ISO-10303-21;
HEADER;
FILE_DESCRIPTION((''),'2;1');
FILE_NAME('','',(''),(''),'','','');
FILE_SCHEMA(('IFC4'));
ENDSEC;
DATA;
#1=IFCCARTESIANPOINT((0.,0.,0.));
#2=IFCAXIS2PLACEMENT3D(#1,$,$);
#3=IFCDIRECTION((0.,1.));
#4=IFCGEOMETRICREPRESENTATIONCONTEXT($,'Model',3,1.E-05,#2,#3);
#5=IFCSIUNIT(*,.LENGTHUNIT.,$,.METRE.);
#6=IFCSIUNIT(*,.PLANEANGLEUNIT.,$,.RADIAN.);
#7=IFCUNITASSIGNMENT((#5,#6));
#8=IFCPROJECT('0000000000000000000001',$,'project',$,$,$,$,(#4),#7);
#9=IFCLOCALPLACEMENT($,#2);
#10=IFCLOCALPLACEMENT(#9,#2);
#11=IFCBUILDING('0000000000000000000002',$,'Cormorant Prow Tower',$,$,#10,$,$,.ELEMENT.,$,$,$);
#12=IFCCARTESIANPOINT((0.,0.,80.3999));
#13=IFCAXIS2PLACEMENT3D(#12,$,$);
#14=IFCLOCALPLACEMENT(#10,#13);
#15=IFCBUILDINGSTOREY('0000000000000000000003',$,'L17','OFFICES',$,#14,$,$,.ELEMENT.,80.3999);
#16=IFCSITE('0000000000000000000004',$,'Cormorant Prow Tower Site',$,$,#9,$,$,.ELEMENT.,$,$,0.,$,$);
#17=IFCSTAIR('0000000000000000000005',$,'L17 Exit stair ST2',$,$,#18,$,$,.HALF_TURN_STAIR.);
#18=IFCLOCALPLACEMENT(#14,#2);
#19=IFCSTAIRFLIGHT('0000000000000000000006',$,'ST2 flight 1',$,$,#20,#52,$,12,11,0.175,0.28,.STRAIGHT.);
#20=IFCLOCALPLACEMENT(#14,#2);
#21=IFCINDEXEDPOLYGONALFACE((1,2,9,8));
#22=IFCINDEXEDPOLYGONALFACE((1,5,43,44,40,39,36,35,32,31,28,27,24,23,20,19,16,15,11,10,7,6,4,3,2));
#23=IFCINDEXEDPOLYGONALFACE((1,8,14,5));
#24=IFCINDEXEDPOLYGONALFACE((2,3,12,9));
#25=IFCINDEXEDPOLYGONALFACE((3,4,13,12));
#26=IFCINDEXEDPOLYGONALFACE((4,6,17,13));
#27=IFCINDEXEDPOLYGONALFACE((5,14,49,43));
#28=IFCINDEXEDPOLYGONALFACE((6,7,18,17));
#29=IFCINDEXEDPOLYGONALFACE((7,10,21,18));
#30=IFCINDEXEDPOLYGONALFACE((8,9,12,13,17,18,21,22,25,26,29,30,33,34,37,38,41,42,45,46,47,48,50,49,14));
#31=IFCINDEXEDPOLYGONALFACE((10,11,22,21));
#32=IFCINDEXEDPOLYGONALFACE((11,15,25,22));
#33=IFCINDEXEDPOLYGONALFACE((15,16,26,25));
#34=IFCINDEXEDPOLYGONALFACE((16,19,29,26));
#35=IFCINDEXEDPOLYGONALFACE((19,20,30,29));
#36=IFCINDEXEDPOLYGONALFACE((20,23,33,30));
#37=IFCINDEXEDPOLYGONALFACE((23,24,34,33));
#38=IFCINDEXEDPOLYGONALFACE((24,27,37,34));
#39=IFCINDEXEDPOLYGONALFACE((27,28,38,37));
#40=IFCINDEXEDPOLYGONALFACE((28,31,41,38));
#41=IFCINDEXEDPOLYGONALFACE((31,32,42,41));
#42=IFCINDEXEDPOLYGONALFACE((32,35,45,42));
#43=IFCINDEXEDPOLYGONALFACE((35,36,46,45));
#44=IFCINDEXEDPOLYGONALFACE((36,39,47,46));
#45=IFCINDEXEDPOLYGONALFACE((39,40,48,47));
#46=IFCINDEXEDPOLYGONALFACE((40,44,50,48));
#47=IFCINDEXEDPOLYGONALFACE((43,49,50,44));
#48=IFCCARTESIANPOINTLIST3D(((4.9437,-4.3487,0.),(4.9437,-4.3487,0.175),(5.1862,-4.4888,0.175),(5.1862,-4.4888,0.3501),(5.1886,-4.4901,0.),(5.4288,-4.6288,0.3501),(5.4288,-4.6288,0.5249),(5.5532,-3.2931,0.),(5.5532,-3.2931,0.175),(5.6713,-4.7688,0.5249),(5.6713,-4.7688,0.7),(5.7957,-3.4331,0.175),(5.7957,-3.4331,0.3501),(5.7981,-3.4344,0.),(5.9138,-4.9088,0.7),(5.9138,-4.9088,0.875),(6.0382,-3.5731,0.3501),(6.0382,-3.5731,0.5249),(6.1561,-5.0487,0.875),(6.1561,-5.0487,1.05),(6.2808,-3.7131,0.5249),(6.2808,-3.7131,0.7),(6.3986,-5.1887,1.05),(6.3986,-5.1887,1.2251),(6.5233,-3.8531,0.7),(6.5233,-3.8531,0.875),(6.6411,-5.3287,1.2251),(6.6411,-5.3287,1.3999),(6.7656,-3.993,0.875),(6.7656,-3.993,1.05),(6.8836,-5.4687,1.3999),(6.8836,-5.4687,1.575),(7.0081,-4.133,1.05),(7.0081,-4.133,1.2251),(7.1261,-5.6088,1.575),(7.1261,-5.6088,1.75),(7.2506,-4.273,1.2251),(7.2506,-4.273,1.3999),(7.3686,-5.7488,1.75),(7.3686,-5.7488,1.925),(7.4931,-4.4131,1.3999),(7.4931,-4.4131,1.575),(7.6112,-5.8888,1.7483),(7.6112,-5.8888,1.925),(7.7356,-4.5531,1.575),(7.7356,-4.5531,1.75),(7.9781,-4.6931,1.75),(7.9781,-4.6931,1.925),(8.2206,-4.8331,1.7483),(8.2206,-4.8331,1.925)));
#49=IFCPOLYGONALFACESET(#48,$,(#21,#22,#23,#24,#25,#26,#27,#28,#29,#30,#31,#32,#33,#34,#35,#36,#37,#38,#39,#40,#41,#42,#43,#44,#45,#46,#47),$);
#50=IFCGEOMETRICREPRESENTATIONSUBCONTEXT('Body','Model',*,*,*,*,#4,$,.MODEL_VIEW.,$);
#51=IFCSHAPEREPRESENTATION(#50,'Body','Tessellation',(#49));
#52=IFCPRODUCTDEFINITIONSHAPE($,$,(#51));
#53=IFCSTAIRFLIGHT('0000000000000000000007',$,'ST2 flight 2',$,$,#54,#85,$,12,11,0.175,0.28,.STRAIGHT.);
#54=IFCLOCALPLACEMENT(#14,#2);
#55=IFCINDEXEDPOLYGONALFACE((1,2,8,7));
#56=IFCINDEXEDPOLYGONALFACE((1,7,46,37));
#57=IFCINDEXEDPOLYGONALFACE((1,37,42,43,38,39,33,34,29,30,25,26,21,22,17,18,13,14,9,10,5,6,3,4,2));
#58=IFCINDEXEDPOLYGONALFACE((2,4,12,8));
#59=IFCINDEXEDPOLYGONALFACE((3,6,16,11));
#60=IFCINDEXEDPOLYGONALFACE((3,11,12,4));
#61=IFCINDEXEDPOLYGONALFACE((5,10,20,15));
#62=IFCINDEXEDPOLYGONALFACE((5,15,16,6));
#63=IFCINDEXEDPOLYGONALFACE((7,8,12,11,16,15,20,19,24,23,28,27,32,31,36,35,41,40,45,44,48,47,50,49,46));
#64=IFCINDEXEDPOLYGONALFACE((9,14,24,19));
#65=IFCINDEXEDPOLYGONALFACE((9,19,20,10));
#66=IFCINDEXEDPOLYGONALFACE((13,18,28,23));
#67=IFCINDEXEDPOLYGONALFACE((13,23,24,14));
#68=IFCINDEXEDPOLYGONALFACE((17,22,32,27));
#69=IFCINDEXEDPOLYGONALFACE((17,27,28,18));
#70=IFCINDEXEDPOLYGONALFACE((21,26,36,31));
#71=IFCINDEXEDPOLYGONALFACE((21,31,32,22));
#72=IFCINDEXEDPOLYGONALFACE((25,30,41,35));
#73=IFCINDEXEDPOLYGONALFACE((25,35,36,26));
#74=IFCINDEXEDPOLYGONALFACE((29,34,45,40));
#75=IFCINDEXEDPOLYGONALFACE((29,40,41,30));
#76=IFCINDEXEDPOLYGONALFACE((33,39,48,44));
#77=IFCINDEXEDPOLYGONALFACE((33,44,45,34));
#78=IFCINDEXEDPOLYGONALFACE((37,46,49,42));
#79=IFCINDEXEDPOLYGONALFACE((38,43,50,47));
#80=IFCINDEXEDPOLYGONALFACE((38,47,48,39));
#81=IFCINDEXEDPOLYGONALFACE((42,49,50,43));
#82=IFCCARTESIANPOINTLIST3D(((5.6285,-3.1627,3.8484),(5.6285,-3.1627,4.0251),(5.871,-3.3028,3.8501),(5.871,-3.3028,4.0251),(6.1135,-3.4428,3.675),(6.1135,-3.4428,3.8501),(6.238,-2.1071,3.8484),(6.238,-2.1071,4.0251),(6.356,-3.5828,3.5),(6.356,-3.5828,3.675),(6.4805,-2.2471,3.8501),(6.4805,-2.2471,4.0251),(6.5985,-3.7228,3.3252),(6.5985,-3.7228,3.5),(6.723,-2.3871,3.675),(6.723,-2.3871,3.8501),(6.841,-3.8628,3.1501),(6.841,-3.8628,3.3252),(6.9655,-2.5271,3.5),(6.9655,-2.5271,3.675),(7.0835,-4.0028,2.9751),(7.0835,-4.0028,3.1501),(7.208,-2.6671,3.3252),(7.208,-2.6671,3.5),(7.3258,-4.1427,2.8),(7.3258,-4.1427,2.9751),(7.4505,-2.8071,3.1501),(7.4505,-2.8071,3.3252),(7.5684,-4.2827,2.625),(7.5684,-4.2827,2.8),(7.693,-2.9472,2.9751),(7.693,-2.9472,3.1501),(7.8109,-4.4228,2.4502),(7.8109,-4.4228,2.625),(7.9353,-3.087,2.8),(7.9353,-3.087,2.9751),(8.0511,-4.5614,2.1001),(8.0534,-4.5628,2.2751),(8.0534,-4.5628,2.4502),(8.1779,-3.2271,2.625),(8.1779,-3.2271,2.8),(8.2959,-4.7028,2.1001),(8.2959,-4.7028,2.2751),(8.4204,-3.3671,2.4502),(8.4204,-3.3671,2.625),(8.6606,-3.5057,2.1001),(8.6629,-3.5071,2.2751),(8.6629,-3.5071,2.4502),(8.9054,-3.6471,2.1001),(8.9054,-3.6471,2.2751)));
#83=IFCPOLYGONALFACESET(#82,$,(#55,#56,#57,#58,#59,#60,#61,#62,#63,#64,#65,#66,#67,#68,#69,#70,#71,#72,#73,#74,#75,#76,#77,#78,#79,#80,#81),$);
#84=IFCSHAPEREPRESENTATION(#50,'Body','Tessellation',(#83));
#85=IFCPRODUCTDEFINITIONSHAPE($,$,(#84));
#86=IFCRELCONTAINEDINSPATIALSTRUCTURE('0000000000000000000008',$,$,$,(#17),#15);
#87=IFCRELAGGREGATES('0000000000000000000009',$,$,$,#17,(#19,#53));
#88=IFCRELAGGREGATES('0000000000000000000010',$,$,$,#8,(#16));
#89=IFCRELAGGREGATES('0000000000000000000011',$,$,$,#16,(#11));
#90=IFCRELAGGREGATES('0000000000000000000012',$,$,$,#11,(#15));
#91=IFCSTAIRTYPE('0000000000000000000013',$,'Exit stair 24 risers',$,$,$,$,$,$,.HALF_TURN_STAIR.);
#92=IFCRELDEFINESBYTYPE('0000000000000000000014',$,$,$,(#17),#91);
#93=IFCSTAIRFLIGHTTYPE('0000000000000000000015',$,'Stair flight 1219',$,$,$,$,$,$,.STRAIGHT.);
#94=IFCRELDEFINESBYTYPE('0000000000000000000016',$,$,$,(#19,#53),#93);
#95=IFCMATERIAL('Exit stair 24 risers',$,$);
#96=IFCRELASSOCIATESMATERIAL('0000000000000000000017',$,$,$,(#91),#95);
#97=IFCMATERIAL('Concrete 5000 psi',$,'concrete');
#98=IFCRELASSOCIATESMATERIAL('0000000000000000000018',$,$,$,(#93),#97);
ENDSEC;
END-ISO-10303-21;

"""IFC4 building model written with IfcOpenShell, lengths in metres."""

from ifc_helpers import new_model, si_unit, direction, frame, origin, place, context, subcontext, project, spatial, polyline, outline, extrude, material, type_object, element, aggregate, save


model = new_model("IFC4")

# Units and contexts
model_context = context("Model", 3, precision=1e-05, world=origin(), true_north=direction((0.0, 1.0)))
body_context = subcontext(model_context, "Body", "Model", "MODEL_VIEW")
ifc_project = project(units=[si_unit("LENGTHUNIT", "METRE"), si_unit("PLANEANGLEUNIT", "RADIAN")], contexts=[model_context])

# Site, building, storey
site_placement = place(None, origin())
site = spatial("IfcSite", under=ifc_project, at=site_placement, Name="Cormorant Prow Tower Site", CompositionType="ELEMENT", RefElevation=0.0)
building_placement = place(site_placement, origin())
building = spatial("IfcBuilding", under=site, at=building_placement, Name="Cormorant Prow Tower", CompositionType="ELEMENT")
storey_placement = place(building_placement, frame((0.0, 0.0, 80.3999)))
storey = spatial("IfcBuildingStorey", under=building, at=storey_placement, Name="L17", Description="OFFICES", CompositionType="ELEMENT", Elevation=80.3999)

# Stair, stair flights
ifc_material_1 = material(Name="Exit stair 24 risers")
stair_type = type_object("IfcStairType", Name="Exit stair 24 risers", PredefinedType="HALF_TURN_STAIR", material=ifc_material_1)
stair_placement = place(storey_placement, origin())
stair = element("IfcStair", 1, at=stair_placement, inside=storey, type_object=stair_type, Name="L17 Exit stair ST2", PredefinedType="HALF_TURN_STAIR")
ifc_material_2 = material(Name="Concrete 5000 psi", Category="concrete")
stair_flight_type = type_object("IfcStairFlightType", Name="Stair flight 1219", PredefinedType="STRAIGHT", material=ifc_material_2)
stair_flight_1_placement = place(storey_placement, frame((5.2485, -3.8208, 0.0), z_axis=(0.0, 0.0, 1.0), x_axis=(0.866025, -0.5, 0.0)))
stair_flight_1 = element("IfcStairFlight", 2, at=stair_flight_1_placement, type_object=stair_flight_type, Name="ST2 flight 1", NumberOfRisers=12, NumberOfTreads=11, PredefinedType="STRAIGHT", RiserHeight=0.175, TreadLength=0.28, context=body_context, shape_type="SweptSolid", body=[
    extrude(outline(polyline([(0.0, 0.0), (0.0, 0.175), (0.28, 0.175), (0.28, 0.3501), (0.5601, 0.3501), (0.5601, 0.5249), (0.8401, 0.5249), (0.8401, 0.7), (1.1201, 0.7), (1.1201, 0.875), (1.3999, 0.875), (1.3999, 1.05), (1.6799, 1.05), (1.6799, 1.2251), (1.96, 1.2251), (1.96, 1.3999), (2.24, 1.3999), (2.24, 1.575), (2.52, 1.575), (2.52, 1.75), (2.8, 1.75), (2.8, 1.925), (3.0801, 1.925), (3.0801, 2.1001), (3.0801, 1.7483), (0.2827, 0.0), (0.0, 0.0)])), frame((0.0, 0.6094, 0.0), z_axis=(0.0, -1.0, 0.0), x_axis=(1.0, 0.0, 0.0)), (0.0, 0.0, 1.0), 1.219),
])
stair_flight_2_placement = place(storey_placement, frame((8.6006, -4.175, 2.1001), z_axis=(0.0, 0.0, 1.0), x_axis=(-0.866025, 0.5, 0.0)))
stair_flight_2 = element("IfcStairFlight", 3, at=stair_flight_2_placement, type_object=stair_flight_type, Name="ST2 flight 2", NumberOfRisers=12, NumberOfTreads=11, PredefinedType="STRAIGHT", RiserHeight=0.175, TreadLength=0.28, context=body_context, shape_type="SweptSolid", body=[
    extrude(outline(polyline([(0.0, 0.0), (0.0, 0.175), (0.28, 0.175), (0.28, 0.3501), (0.5601, 0.3501), (0.5601, 0.5249), (0.8401, 0.5249), (0.8401, 0.7), (1.1201, 0.7), (1.1201, 0.875), (1.3999, 0.875), (1.3999, 1.05), (1.6799, 1.05), (1.6799, 1.2251), (1.96, 1.2251), (1.96, 1.3999), (2.24, 1.3999), (2.24, 1.575), (2.52, 1.575), (2.52, 1.75), (2.8, 1.75), (2.8, 1.925), (3.0801, 1.925), (3.0801, 2.1001), (3.0801, 1.7483), (0.2827, 0.0), (0.0, 0.0)])), frame((0.0, 0.6094, 0.0), z_axis=(0.0, -1.0, 0.0), x_axis=(1.0, 0.0, 0.0)), (0.0, 0.0, 1.0), 1.219),
])
aggregate(stair, [stair_flight_1, stair_flight_2])

save(model, "model.ifc")
